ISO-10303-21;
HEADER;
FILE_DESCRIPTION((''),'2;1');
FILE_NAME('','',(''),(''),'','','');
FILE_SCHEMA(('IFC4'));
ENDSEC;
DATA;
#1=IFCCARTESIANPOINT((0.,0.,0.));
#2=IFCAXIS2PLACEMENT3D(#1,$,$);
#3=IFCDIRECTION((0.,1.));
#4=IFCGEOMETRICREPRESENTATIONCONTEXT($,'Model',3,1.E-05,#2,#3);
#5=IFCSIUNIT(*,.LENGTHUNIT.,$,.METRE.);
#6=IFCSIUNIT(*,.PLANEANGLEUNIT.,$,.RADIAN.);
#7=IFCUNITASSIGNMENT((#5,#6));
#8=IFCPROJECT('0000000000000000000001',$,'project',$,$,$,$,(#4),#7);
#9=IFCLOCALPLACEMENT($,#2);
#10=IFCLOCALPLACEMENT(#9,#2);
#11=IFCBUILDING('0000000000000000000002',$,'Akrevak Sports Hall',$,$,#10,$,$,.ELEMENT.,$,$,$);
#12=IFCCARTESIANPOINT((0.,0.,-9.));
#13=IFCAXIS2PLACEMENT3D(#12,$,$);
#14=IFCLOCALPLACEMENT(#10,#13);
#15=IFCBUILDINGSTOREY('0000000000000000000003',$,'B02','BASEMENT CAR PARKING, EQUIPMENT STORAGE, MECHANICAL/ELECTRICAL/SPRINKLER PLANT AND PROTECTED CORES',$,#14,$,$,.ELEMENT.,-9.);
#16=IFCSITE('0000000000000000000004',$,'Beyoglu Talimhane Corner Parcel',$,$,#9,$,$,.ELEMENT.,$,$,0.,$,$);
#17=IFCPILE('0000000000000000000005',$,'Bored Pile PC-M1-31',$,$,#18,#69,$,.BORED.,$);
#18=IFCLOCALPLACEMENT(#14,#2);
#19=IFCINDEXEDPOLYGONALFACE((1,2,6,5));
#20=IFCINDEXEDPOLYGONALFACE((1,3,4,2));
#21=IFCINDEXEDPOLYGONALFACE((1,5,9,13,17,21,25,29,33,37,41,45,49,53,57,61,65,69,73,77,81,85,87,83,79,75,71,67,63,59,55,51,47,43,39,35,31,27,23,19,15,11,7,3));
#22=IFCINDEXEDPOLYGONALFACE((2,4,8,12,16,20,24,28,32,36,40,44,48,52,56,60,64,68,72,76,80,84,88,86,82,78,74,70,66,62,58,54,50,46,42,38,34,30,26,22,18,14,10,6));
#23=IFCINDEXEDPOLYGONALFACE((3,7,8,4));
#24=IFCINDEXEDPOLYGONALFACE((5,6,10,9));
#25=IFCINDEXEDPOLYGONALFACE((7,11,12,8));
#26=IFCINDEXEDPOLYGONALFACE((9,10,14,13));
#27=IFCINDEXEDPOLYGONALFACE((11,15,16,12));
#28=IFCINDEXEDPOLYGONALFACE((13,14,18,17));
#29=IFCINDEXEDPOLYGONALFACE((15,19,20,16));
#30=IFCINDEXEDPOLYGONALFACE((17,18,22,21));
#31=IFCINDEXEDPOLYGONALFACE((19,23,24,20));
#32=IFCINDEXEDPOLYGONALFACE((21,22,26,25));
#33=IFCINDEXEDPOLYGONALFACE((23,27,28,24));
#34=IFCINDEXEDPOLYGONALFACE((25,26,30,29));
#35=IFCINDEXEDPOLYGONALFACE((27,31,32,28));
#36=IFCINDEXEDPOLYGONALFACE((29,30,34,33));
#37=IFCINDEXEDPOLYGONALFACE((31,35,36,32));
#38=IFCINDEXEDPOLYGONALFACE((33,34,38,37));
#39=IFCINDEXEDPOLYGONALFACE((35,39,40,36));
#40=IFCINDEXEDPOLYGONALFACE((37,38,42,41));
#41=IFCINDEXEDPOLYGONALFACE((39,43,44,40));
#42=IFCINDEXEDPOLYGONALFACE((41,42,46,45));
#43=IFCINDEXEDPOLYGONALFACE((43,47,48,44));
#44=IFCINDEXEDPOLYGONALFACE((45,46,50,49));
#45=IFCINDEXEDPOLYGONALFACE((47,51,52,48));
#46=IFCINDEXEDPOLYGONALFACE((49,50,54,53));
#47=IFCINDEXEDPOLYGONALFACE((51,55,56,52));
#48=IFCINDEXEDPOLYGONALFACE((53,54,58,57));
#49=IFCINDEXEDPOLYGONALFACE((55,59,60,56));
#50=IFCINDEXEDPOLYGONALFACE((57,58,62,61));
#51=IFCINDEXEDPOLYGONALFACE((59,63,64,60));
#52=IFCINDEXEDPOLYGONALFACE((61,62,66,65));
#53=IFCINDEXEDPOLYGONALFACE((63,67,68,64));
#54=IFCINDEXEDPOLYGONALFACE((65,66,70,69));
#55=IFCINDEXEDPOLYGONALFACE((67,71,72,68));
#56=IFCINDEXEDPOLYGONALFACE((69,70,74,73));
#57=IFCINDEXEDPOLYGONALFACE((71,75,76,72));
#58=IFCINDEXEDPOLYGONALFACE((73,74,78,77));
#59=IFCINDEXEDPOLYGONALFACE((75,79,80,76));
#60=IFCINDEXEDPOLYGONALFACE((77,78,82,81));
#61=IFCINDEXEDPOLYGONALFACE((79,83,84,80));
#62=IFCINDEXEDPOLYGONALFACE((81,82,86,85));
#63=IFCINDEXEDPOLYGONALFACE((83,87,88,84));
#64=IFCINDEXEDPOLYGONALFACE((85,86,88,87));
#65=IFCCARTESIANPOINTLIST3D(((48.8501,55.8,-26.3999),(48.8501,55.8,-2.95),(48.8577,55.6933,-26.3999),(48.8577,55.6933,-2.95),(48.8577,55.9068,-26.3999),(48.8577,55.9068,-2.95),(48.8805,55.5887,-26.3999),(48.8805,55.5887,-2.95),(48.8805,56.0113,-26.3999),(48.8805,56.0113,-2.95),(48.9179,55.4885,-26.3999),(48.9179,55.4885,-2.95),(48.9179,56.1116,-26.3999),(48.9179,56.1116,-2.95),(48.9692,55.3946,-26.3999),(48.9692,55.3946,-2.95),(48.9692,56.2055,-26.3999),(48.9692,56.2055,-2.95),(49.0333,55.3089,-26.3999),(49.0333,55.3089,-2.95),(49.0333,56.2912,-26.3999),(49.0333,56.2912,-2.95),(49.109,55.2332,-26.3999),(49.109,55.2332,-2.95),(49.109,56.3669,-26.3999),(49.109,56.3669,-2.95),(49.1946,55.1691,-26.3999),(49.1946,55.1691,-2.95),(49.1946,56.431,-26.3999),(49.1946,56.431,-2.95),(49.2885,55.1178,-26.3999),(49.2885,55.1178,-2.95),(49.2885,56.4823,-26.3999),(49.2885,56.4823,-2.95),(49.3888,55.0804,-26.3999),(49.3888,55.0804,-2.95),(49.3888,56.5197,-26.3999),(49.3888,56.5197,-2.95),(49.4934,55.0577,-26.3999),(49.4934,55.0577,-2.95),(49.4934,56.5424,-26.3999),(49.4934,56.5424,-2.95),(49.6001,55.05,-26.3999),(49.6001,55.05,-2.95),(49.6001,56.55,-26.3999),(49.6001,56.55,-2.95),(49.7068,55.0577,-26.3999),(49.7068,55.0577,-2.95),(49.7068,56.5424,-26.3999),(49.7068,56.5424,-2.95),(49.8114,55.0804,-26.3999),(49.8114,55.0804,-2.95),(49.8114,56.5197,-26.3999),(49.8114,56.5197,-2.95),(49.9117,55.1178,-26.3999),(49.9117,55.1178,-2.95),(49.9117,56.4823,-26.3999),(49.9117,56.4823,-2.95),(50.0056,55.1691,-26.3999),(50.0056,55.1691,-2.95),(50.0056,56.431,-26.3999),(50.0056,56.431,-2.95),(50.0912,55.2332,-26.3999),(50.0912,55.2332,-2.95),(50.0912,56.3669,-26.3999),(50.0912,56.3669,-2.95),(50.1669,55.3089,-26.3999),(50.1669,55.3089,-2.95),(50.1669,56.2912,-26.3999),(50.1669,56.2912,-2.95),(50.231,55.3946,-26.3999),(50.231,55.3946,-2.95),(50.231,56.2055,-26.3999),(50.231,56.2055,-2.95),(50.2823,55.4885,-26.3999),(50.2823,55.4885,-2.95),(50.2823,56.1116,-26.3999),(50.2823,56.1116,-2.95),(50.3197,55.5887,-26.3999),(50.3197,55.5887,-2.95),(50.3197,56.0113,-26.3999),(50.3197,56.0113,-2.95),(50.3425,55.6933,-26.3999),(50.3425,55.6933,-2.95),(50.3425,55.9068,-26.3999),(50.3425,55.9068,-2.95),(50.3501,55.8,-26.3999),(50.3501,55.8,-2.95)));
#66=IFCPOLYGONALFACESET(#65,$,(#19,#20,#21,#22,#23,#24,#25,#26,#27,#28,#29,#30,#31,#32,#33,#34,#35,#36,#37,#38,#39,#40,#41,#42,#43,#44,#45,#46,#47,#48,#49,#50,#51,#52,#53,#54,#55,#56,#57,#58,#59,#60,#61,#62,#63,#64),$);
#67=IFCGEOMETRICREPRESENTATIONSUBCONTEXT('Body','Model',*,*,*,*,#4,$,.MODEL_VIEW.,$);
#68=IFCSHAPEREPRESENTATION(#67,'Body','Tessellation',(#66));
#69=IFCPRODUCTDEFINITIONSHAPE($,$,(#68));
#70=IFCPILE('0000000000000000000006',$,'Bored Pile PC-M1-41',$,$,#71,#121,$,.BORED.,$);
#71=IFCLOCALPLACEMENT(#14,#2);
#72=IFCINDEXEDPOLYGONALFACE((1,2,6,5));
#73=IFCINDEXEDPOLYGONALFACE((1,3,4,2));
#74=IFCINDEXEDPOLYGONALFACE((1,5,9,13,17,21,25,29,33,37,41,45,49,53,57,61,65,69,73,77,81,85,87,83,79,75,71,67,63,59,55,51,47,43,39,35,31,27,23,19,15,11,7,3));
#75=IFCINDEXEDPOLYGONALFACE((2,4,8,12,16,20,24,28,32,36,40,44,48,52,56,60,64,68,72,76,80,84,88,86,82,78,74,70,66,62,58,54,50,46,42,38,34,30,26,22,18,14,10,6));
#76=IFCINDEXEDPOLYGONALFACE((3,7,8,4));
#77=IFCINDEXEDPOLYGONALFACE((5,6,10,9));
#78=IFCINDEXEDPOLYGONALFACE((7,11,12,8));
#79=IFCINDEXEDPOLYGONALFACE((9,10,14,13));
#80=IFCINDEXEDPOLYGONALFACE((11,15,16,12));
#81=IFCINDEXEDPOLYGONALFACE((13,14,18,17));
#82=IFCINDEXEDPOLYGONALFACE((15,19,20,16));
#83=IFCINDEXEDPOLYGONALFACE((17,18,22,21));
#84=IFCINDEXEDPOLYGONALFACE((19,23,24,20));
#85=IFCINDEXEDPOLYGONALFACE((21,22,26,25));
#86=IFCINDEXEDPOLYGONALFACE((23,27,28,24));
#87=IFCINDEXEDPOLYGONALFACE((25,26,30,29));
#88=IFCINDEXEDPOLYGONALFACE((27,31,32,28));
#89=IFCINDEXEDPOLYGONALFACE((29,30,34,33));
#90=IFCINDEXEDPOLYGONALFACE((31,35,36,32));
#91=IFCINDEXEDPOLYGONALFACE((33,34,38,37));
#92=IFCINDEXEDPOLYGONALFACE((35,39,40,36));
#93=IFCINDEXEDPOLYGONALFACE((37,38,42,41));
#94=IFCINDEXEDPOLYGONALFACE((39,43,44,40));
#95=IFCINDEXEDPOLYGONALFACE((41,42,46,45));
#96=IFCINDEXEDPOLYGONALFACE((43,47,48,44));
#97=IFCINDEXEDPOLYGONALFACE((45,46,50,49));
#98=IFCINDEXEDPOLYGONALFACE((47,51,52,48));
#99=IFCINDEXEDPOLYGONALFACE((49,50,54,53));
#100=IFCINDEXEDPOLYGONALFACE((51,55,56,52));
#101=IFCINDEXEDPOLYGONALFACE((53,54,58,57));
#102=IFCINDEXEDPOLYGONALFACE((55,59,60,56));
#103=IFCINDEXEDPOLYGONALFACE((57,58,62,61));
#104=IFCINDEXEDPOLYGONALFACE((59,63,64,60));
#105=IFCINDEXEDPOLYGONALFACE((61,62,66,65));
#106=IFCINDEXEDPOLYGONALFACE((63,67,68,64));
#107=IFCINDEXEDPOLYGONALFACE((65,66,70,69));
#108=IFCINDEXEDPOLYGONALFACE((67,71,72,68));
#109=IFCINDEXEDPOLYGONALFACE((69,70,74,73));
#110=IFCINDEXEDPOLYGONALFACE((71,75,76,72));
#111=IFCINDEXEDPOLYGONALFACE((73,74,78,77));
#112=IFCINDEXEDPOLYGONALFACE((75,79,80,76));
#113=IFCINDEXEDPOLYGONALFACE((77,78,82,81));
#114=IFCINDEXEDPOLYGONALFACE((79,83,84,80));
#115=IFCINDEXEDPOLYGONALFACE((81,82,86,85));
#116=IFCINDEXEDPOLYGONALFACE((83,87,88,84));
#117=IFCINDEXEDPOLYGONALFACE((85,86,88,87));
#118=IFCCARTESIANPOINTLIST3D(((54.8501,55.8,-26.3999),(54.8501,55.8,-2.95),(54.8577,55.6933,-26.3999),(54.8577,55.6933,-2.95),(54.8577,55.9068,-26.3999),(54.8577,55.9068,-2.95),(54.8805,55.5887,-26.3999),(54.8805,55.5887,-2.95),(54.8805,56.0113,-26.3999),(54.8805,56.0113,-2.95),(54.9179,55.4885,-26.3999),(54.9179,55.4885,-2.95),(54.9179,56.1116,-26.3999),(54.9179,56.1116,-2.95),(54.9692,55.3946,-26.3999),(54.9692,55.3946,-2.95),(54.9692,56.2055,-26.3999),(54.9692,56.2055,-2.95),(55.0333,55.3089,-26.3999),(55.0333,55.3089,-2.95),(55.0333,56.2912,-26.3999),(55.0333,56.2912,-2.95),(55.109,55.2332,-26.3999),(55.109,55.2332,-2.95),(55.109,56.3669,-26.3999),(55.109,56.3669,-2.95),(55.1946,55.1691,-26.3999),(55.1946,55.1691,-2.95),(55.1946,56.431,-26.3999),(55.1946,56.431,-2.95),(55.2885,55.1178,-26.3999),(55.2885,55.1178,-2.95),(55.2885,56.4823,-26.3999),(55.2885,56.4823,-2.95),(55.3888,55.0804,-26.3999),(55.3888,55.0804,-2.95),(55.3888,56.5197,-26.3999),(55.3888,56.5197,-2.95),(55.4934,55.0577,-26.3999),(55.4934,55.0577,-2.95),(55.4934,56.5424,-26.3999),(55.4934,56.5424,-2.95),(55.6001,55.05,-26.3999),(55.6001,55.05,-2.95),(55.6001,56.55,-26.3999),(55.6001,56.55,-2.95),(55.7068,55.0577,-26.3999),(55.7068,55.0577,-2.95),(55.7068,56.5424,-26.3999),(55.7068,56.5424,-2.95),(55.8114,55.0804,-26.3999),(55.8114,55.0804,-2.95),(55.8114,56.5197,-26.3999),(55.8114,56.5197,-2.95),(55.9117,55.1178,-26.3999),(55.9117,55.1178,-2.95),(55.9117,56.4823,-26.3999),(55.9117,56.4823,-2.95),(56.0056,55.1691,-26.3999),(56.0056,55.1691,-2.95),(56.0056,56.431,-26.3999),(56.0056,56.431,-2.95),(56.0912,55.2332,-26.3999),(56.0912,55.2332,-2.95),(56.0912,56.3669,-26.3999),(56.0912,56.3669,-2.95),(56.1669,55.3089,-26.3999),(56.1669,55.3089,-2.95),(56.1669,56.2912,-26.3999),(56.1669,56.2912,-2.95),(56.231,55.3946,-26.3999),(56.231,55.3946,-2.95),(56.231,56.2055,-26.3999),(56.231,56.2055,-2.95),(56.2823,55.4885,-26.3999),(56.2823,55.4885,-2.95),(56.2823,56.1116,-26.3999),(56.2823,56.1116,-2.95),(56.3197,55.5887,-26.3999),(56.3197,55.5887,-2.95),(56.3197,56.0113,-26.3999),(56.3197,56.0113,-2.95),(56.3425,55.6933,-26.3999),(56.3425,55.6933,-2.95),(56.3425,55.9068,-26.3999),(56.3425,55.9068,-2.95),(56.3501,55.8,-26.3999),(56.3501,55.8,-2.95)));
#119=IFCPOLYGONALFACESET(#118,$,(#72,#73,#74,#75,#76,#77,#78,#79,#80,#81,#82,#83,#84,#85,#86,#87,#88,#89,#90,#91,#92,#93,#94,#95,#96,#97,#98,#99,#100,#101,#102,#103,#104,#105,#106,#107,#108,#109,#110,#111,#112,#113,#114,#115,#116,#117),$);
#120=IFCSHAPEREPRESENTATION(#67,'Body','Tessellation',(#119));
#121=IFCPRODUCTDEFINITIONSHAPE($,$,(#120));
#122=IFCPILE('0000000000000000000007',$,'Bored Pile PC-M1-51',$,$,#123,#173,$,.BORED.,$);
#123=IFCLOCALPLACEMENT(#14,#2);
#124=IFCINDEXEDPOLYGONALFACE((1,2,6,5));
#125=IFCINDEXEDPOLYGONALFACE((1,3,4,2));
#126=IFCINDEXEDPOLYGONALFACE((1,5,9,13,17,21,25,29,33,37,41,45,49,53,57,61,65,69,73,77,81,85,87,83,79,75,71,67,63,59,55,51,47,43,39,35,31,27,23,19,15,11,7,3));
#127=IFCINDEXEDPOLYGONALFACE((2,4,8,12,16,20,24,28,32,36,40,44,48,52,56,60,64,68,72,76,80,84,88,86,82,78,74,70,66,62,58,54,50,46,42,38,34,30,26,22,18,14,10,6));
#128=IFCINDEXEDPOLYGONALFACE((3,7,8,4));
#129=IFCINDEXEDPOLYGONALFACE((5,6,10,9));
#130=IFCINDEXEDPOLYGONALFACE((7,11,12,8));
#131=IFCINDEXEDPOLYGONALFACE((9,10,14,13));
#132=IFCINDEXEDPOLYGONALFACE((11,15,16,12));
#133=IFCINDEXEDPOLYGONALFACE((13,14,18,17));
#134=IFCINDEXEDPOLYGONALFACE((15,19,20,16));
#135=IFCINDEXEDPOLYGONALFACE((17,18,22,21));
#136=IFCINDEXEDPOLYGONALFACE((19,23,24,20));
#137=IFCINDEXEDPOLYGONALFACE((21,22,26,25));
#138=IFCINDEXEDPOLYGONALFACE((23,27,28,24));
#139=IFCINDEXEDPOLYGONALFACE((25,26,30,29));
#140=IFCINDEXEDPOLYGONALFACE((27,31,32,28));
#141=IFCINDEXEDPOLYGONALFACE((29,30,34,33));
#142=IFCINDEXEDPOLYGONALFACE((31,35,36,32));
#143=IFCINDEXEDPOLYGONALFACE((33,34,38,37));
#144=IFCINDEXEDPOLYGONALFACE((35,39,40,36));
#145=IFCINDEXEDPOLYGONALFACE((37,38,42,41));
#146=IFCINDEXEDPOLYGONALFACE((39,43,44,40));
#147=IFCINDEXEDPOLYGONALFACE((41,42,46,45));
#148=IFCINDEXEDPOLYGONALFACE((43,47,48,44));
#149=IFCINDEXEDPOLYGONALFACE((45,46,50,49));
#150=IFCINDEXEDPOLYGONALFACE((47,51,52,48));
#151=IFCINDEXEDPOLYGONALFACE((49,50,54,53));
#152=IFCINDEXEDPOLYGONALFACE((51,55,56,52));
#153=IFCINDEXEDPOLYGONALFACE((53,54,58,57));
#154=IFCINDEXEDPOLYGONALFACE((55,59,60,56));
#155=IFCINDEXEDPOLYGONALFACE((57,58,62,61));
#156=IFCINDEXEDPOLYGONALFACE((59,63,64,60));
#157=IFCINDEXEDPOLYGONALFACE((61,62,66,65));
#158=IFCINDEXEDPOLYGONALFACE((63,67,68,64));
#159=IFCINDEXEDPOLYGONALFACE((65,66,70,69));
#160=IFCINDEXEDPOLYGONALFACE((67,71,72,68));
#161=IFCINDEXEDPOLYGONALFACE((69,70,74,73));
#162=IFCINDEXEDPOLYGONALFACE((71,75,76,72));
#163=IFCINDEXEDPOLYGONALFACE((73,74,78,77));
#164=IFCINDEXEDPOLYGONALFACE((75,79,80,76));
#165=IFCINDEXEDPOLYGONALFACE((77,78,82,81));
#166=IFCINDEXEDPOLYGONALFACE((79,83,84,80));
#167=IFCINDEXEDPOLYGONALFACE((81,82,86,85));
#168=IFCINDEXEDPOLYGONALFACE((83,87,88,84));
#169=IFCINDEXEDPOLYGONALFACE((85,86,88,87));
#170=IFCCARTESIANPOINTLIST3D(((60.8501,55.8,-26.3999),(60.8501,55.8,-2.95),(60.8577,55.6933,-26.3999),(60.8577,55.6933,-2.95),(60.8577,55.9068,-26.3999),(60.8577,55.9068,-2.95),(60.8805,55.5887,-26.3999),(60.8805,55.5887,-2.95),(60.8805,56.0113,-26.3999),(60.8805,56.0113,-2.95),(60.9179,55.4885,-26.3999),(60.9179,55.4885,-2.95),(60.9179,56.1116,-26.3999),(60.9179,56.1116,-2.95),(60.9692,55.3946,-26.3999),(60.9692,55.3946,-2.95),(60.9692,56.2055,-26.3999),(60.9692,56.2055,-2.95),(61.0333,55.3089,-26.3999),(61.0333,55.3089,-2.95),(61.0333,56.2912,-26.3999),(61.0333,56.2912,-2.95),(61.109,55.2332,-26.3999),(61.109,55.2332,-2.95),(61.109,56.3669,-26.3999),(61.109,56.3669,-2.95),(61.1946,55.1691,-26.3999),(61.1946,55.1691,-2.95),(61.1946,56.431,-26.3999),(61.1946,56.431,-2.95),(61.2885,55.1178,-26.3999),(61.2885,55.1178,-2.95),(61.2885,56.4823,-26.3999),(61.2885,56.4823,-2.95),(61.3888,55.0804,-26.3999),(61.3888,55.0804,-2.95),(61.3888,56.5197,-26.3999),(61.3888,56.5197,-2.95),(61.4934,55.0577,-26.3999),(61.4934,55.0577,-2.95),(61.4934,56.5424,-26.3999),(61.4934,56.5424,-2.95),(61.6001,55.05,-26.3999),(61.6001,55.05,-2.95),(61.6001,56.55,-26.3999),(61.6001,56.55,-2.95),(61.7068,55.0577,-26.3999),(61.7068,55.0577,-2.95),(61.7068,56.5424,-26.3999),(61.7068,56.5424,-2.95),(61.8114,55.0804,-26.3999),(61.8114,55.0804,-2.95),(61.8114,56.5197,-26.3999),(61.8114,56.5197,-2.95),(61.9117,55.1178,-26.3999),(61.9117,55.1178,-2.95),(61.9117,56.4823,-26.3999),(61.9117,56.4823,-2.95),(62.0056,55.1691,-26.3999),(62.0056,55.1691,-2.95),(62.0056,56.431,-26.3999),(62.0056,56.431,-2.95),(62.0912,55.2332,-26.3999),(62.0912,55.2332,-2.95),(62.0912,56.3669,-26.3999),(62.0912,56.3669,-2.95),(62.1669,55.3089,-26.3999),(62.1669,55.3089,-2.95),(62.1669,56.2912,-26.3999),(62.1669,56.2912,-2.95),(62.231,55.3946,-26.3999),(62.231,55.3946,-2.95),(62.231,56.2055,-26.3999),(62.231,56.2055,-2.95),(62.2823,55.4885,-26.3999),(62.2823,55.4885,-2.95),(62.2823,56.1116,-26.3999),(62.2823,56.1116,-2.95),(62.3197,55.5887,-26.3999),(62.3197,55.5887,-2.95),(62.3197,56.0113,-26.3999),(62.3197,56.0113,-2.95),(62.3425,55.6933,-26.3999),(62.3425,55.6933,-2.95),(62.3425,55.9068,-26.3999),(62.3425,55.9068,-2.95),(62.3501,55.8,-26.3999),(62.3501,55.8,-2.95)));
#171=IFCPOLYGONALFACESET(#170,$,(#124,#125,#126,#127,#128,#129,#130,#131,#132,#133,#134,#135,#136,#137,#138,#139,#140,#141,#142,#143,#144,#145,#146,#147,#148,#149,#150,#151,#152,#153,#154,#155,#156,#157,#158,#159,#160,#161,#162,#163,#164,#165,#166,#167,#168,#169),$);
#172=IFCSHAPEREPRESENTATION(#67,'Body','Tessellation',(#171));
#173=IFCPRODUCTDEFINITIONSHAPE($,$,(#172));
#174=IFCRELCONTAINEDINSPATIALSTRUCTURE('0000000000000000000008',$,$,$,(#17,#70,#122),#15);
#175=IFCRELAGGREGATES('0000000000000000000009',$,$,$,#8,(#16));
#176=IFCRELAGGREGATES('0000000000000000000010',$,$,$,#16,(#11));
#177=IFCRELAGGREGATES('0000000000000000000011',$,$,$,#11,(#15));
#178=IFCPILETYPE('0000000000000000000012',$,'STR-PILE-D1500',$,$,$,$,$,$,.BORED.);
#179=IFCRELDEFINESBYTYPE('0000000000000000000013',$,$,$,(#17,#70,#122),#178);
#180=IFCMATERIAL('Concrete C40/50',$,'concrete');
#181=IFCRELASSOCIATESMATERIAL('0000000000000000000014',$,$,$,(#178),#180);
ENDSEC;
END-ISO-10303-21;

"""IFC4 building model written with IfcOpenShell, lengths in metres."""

from ifc_helpers import new_model, si_unit, direction, frame, origin, origin_2d, place, context, subcontext, project, spatial, circle, extrude, material, material_profile, profile_set, type_object, element, save


model = new_model("IFC4")

# Units and contexts
model_context = context("Model", 3, precision=1e-05, world=origin(), true_north=direction((0.0, 1.0)))
body_context = subcontext(model_context, "Body", "Model", "MODEL_VIEW")
ifc_project = project(units=[si_unit("LENGTHUNIT", "METRE"), si_unit("PLANEANGLEUNIT", "RADIAN")], contexts=[model_context])

# Site, building, storey
site_placement = place(None, origin())
site = spatial("IfcSite", under=ifc_project, at=site_placement, Name="Beyoglu Talimhane Corner Parcel", CompositionType="ELEMENT", RefElevation=0.0)
building_placement = place(site_placement, origin())
building = spatial("IfcBuilding", under=site, at=building_placement, Name="Akrevak Sports Hall", CompositionType="ELEMENT")
storey_placement = place(building_placement, frame((0.0, 0.0, -9.0)))
storey = spatial("IfcBuildingStorey", under=building, at=storey_placement, Name="B02", Description="BASEMENT CAR PARKING, EQUIPMENT STORAGE, MECHANICAL/ELECTRICAL/SPRINKLER PLANT AND PROTECTED CORES", CompositionType="ELEMENT", Elevation=-9.0)

# Shared definitions
ifc_material_1 = material(Name="Concrete C40/50", Category="concrete")

# Piles
ifc_material_profile_1 = material_profile(ifc_material_1, circle(Radius=0.75, at=origin_2d()), Name="BORED PILE D1500", Category="concrete")
ifc_profile_set_1 = profile_set([ifc_material_profile_1], Name="Concrete C40/50")
pile_type_1 = type_object("IfcPileType", Name="STR-PILE-D1500", PredefinedType="BORED", material=ifc_profile_set_1)
for number, where, z_axis, x_axis, name in (
    (1, (49.6001, 55.8, -2.95), (0.0, 0.0, -1.0), (1.0, 0.0, 0.0), "Bored Pile PC-M1-31"),
    (2, (55.6001, 55.8, -2.95), (0.0, 0.0, -1.0), (1.0, 0.0, 0.0), "Bored Pile PC-M1-41"),
    (3, (61.6001, 55.8, -2.95), (0.0, 0.0, -1.0), (1.0, 0.0, 0.0), "Bored Pile PC-M1-51"),
):
    element("IfcPile", number, at=place(storey_placement, frame(where, z_axis=z_axis, x_axis=x_axis)), inside=storey, type_object=pile_type_1, Name=name, PredefinedType="BORED", context=body_context, shape_type="SweptSolid", body=[
        extrude(circle(Radius=0.75, at=origin_2d()), origin(), (0.0, 0.0, 1.0), 23.45),
    ])

save(model, "model.ifc")
